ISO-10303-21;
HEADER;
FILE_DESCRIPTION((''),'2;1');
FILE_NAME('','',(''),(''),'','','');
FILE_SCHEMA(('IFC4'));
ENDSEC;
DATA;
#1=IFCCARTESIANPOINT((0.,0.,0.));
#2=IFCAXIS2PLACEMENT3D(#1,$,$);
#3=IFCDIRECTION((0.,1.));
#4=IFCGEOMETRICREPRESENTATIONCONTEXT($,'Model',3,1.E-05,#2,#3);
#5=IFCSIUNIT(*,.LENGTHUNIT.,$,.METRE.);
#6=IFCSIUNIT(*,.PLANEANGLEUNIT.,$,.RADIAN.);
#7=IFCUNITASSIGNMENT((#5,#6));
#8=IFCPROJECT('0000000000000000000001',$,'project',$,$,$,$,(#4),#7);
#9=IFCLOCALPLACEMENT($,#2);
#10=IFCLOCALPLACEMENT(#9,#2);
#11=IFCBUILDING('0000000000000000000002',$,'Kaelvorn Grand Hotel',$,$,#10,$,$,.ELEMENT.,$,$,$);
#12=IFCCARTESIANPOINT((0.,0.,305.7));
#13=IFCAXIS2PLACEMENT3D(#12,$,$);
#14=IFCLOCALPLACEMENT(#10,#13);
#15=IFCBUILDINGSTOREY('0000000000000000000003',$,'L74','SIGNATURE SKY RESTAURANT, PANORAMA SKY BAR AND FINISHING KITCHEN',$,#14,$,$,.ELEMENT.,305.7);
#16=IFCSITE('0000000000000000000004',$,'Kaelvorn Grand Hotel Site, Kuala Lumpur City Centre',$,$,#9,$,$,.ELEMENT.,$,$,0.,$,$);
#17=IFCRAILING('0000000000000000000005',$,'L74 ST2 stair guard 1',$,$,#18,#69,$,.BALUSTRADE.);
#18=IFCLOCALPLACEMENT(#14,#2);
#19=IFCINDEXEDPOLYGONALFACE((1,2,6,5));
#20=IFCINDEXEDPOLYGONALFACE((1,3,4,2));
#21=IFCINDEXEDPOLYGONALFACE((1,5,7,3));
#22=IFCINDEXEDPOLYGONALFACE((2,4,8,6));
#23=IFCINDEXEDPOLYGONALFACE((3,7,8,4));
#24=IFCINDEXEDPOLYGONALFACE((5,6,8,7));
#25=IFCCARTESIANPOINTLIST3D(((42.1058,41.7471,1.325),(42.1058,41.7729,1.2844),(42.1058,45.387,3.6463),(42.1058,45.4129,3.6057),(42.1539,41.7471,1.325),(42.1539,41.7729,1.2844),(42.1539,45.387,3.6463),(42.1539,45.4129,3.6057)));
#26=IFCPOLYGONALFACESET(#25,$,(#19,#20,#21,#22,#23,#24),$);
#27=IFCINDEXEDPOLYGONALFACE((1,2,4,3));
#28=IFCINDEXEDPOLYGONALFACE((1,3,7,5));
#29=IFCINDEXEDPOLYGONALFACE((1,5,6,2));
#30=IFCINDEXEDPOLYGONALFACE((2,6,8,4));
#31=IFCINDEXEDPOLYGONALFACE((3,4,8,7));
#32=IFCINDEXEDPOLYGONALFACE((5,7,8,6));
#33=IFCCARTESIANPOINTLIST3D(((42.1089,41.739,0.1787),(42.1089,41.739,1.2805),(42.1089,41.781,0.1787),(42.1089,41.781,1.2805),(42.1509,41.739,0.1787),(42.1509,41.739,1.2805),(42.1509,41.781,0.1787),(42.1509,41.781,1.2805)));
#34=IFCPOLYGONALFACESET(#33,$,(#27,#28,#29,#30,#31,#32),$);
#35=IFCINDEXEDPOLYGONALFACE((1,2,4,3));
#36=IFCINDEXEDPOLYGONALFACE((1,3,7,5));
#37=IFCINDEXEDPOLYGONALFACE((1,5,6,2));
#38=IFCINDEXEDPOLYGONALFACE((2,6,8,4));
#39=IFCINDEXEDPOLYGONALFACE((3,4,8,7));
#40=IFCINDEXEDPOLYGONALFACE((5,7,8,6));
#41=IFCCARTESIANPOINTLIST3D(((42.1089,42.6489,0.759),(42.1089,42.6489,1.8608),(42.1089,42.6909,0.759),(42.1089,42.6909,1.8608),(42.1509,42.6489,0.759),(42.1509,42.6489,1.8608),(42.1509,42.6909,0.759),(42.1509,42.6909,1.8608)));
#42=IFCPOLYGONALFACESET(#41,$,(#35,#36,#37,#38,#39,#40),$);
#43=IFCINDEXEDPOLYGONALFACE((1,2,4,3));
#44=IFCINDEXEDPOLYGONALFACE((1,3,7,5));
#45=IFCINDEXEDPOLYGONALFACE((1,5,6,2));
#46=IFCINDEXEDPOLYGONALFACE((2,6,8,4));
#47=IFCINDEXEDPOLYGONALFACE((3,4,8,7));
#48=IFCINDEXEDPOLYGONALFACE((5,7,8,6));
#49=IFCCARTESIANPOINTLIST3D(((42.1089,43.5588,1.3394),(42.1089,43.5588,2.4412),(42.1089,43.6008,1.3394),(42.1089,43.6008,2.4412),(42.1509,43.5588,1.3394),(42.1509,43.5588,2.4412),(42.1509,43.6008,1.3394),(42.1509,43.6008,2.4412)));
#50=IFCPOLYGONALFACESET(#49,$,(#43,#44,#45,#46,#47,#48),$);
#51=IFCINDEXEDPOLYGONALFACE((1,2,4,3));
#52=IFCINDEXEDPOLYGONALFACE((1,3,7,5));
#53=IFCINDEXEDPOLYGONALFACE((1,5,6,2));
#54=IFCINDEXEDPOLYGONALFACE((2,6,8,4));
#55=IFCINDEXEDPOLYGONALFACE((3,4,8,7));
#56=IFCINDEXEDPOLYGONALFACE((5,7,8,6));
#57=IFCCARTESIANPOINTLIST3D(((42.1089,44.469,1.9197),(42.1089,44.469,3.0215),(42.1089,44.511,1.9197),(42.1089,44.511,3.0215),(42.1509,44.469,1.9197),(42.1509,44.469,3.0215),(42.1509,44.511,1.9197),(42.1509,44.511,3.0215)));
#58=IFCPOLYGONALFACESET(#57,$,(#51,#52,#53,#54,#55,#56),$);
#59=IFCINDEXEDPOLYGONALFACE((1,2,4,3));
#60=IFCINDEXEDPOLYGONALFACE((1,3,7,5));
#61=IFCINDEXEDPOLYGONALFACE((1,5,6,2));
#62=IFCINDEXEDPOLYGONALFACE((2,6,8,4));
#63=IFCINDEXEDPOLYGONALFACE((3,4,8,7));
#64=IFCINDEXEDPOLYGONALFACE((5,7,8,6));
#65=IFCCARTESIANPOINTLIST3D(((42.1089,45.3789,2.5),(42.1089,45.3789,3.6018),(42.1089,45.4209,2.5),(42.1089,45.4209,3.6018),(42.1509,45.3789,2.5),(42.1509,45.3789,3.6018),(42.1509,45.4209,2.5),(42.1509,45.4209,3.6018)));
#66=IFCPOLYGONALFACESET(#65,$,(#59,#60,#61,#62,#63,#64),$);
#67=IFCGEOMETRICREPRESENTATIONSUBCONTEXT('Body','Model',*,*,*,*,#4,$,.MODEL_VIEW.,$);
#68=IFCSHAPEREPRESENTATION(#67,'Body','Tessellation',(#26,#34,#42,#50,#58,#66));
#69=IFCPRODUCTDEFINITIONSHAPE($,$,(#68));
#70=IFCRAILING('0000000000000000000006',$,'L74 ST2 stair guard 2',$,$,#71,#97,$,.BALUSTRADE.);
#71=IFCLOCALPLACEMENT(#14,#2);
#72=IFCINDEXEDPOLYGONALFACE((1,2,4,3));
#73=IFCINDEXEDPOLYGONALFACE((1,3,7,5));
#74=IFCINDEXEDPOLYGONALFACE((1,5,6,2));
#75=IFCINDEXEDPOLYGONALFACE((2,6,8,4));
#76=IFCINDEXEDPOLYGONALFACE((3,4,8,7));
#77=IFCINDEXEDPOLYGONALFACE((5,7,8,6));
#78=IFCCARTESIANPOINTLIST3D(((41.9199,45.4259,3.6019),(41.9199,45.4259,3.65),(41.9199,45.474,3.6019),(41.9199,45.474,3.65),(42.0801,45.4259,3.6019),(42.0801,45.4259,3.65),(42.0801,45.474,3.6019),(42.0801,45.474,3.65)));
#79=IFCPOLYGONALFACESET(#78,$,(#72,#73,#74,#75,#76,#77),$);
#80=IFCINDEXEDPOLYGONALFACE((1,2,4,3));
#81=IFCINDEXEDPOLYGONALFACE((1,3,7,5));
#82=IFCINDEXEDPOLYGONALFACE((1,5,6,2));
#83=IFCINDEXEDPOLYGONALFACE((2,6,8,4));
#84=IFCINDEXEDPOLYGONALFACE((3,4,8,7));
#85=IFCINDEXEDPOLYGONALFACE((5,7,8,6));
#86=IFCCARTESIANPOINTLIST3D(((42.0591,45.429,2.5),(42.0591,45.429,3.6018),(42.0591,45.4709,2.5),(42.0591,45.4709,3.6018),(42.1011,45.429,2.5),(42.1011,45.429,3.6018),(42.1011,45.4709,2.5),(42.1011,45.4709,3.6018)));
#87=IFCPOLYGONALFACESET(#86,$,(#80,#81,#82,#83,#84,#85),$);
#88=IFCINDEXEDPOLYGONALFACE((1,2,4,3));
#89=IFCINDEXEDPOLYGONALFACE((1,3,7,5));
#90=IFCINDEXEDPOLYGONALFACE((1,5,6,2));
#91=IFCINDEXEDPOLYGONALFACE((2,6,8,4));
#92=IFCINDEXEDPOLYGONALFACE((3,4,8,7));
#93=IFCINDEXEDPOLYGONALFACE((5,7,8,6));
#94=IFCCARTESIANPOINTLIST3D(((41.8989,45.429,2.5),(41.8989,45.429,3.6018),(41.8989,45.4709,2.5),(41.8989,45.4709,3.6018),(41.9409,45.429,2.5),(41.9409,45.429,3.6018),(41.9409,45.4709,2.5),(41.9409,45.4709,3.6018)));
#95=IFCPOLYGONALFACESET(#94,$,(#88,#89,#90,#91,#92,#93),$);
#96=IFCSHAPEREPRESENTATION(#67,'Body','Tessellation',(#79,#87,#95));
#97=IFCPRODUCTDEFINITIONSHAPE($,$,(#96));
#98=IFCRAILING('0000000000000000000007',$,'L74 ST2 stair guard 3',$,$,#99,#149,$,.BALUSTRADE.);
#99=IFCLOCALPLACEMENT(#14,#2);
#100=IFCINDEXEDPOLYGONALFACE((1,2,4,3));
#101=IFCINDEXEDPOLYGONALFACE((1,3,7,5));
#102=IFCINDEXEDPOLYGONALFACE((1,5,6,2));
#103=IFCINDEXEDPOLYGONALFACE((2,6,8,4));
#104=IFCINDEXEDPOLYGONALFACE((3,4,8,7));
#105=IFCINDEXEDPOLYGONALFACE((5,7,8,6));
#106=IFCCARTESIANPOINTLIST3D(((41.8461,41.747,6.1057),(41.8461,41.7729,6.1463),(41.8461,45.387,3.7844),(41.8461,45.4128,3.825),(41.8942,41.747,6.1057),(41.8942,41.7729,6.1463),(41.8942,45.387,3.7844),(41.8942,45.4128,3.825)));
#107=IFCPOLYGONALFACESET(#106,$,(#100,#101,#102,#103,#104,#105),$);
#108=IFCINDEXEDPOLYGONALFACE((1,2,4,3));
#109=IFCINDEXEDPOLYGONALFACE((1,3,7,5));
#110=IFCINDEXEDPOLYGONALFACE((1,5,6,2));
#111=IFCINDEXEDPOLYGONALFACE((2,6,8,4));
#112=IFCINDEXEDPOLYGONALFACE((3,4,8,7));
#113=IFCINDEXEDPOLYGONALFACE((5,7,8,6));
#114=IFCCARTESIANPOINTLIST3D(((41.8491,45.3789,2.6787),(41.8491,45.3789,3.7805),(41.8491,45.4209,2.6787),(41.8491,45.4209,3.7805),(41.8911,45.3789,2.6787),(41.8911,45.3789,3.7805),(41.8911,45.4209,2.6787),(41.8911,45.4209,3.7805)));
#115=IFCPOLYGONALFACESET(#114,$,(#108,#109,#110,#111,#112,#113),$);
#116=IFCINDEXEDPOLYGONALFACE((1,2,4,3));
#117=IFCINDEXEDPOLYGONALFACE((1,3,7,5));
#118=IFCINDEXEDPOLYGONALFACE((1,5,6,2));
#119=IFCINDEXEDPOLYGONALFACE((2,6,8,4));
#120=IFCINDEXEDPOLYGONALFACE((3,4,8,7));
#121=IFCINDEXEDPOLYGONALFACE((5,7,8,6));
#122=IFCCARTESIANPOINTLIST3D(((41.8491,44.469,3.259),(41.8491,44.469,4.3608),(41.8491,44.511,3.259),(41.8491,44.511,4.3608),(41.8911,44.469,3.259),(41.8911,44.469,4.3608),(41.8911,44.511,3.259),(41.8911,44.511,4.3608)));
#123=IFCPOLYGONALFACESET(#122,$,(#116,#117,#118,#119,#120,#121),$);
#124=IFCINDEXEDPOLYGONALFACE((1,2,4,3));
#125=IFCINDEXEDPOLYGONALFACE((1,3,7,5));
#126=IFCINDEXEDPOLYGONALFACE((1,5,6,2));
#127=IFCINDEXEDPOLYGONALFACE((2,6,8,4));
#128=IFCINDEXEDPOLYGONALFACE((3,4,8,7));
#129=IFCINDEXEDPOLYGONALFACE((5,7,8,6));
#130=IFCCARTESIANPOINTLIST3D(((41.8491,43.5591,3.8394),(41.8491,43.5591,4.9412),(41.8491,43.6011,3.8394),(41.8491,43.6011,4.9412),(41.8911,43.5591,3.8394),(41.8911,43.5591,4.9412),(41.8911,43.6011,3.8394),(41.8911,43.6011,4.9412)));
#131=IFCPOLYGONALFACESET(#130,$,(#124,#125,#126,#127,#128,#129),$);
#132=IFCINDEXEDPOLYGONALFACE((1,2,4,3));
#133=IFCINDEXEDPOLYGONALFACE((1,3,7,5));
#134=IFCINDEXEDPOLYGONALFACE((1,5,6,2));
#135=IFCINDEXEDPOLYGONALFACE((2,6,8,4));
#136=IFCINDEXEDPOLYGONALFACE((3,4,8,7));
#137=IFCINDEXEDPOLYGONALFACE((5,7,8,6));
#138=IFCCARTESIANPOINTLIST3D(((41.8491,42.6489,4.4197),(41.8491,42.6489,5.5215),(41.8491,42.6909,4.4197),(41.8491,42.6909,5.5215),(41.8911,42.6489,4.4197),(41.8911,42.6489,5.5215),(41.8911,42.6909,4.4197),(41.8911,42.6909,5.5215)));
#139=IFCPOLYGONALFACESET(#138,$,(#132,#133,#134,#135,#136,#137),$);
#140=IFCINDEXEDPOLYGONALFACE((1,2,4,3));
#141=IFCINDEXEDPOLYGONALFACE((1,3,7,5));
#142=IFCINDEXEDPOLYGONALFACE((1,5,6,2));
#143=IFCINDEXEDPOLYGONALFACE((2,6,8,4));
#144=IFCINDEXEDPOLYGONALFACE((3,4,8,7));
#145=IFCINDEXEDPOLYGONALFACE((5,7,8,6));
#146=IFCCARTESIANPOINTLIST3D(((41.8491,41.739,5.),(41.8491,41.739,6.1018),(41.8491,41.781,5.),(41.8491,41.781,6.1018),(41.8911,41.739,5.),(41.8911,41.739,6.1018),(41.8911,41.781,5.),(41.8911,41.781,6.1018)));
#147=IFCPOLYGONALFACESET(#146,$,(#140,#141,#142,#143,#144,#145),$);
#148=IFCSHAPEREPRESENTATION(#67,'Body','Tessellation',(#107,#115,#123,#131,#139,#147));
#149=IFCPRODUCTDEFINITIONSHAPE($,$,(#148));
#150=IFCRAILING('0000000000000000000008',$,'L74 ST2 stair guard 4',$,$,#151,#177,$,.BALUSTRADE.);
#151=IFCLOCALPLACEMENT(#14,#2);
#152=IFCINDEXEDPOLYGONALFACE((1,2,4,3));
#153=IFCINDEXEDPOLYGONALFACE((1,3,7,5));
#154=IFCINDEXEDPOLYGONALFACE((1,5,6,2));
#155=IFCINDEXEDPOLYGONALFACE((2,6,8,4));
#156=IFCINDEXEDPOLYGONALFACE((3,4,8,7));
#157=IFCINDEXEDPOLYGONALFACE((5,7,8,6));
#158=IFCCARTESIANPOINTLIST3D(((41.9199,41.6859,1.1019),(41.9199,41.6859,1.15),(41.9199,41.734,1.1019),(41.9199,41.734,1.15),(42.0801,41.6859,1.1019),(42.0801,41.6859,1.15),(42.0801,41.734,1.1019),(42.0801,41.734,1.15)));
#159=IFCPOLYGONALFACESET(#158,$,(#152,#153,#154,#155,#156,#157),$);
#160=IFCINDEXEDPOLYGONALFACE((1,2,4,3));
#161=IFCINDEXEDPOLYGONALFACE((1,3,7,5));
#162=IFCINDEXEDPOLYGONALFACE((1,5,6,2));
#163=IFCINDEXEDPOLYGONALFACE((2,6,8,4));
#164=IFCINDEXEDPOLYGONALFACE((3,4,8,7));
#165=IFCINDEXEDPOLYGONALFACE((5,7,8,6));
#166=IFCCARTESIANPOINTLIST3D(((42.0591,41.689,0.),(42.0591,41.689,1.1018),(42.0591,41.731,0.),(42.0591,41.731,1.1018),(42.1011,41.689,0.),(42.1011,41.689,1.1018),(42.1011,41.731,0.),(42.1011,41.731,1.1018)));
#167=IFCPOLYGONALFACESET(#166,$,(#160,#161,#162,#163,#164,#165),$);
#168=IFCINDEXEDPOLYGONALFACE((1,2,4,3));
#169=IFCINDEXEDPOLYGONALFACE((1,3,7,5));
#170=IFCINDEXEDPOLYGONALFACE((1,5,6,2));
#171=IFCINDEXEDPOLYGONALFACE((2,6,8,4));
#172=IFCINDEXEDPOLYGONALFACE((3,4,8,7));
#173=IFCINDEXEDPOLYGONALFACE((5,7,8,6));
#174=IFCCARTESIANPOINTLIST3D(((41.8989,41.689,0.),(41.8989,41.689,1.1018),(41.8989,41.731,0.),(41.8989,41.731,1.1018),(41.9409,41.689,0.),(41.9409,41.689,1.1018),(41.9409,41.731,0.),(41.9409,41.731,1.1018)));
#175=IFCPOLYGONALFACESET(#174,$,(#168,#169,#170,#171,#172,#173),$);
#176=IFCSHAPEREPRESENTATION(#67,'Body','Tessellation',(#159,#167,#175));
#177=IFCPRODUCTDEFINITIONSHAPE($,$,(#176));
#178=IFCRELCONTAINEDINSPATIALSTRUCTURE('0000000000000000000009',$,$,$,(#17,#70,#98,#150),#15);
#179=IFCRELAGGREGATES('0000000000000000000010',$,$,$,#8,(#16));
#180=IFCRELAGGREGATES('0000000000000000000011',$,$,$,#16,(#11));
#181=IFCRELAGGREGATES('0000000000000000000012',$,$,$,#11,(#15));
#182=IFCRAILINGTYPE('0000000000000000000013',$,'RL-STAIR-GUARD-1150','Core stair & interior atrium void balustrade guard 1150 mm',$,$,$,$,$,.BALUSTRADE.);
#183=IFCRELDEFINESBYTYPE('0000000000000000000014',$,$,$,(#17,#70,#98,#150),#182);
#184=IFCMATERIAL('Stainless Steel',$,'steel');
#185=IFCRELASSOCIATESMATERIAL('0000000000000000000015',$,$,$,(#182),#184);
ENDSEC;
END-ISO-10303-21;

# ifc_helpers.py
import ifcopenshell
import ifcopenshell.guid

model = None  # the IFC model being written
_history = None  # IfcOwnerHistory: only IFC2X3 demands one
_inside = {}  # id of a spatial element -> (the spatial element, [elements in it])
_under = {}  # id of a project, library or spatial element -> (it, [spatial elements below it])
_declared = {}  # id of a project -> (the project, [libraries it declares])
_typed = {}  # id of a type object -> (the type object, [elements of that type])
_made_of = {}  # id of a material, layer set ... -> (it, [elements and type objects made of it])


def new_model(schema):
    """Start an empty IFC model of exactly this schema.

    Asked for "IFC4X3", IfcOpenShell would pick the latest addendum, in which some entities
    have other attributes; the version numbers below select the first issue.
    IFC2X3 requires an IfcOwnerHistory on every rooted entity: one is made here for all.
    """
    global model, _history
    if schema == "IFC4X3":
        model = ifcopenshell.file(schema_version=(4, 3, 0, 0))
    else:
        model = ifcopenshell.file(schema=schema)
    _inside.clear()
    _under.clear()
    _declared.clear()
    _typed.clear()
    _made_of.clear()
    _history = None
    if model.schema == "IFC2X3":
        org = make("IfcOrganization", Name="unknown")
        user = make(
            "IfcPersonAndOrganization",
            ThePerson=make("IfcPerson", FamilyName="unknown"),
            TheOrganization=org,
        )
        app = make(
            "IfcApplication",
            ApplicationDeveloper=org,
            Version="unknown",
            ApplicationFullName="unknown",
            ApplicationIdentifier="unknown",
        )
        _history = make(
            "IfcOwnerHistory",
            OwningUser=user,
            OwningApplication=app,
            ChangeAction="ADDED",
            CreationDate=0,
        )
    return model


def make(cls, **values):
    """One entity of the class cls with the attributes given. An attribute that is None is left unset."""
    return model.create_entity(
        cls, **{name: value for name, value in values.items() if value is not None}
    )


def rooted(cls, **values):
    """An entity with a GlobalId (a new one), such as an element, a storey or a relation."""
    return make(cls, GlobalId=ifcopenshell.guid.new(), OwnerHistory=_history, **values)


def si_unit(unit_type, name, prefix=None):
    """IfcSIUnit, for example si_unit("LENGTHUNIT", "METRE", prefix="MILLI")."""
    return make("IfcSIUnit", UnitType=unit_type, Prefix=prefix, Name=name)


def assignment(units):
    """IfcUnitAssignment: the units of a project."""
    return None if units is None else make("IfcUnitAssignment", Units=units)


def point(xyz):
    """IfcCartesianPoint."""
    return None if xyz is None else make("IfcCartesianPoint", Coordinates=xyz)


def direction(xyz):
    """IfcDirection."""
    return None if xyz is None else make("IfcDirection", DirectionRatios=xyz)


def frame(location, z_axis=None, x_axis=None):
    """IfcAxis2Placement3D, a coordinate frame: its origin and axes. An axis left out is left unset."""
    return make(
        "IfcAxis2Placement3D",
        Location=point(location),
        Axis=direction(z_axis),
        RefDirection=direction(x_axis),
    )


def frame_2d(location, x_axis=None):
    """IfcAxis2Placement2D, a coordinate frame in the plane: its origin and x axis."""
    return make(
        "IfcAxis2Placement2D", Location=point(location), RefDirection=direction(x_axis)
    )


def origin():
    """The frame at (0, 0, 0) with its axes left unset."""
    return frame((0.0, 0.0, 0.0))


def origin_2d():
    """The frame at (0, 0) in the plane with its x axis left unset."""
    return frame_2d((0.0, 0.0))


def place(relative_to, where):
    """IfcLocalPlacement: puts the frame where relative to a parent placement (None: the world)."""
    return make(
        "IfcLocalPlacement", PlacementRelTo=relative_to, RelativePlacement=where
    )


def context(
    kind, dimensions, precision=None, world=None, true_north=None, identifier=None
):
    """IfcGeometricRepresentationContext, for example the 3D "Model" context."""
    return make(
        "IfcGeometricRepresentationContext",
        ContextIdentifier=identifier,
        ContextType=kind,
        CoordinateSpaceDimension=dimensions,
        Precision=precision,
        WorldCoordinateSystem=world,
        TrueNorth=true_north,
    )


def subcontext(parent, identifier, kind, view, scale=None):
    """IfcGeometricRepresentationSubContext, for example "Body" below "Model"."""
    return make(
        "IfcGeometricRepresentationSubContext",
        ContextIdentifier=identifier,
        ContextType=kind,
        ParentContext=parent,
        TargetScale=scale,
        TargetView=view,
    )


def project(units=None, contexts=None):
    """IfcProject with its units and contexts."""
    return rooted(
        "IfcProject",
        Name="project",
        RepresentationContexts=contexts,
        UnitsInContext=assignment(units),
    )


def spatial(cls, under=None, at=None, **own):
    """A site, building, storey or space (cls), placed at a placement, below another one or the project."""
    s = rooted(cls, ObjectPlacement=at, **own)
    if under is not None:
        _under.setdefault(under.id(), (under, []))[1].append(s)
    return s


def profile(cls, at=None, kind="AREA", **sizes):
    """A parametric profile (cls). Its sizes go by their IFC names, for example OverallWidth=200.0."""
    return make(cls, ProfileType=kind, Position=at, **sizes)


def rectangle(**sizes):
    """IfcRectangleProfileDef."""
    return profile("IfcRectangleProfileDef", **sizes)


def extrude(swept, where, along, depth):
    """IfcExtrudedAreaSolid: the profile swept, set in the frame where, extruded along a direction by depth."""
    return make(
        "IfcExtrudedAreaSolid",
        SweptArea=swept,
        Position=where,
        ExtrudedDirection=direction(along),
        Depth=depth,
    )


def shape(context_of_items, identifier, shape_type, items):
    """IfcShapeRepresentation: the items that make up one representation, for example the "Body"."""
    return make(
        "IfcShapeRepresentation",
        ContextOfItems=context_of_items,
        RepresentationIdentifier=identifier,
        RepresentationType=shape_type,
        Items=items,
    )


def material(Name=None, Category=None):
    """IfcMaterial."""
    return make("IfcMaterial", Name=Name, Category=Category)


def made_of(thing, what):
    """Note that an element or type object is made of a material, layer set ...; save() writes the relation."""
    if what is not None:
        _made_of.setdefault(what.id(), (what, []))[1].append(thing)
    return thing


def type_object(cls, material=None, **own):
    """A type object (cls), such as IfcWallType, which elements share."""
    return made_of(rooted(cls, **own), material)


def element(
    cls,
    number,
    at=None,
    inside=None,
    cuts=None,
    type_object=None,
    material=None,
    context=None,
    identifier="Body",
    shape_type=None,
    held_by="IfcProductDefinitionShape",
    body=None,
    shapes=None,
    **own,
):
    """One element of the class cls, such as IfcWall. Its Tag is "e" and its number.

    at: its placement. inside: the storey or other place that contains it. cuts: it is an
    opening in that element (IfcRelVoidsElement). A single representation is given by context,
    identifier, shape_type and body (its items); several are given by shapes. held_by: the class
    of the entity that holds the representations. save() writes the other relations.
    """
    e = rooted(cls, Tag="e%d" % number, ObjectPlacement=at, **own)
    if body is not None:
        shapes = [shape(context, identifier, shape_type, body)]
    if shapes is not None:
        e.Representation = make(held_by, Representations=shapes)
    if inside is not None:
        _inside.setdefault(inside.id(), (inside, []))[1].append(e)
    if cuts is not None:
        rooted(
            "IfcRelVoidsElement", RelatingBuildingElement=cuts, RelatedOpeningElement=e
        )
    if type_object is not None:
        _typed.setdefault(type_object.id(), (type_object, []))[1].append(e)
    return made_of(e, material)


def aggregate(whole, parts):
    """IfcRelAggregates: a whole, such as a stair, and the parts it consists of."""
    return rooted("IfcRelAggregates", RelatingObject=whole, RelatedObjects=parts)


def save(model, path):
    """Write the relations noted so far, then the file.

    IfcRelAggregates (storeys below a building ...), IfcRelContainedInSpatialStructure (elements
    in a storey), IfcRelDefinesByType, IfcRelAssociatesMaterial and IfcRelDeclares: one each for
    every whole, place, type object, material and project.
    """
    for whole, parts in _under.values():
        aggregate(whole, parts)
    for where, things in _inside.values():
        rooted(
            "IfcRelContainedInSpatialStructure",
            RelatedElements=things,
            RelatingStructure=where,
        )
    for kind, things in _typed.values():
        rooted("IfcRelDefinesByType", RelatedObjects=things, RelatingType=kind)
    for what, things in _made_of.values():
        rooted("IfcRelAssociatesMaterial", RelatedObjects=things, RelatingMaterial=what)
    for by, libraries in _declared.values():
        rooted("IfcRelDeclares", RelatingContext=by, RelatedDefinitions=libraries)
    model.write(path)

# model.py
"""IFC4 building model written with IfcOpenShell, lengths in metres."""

from ifc_helpers import new_model, si_unit, direction, frame, origin, origin_2d, place, context, subcontext, project, spatial, rectangle, extrude, material, type_object, element, save


model = new_model("IFC4")

# Units and contexts
model_context = context("Model", 3, precision=1e-05, world=origin(), true_north=direction((0.0, 1.0)))
body_context = subcontext(model_context, "Body", "Model", "MODEL_VIEW")
ifc_project = project(units=[si_unit("LENGTHUNIT", "METRE"), si_unit("PLANEANGLEUNIT", "RADIAN")], contexts=[model_context])

# Site, building, storey
site_placement = place(None, origin())
site = spatial("IfcSite", under=ifc_project, at=site_placement, Name="Kaelvorn Grand Hotel Site, Kuala Lumpur City Centre", CompositionType="ELEMENT", RefElevation=0.0)
building_placement = place(site_placement, origin())
building = spatial("IfcBuilding", under=site, at=building_placement, Name="Kaelvorn Grand Hotel", CompositionType="ELEMENT")
storey_placement = place(building_placement, frame((0.0, 0.0, 305.7)))
storey = spatial("IfcBuildingStorey", under=building, at=storey_placement, Name="L74", Description="SIGNATURE SKY RESTAURANT, PANORAMA SKY BAR AND FINISHING KITCHEN", CompositionType="ELEMENT", Elevation=305.7)

# Railings
ifc_material_1 = material(Name="Stainless Steel", Category="steel")
railing_type_1 = type_object("IfcRailingType", Name="RL-STAIR-GUARD-1150", Description="Core stair & interior atrium void balustrade guard 1150 mm", PredefinedType="BALUSTRADE", material=ifc_material_1)
railing_1_placement = place(storey_placement, frame((42.1299, 41.76, 0.1787)))
element("IfcRailing", 1, at=railing_1_placement, inside=storey, type_object=railing_type_1, Name="L74 ST2 stair guard 1", PredefinedType="BALUSTRADE", context=body_context, shape_type="SweptSolid", body=[
    extrude(rectangle(XDim=0.0481, YDim=0.0481, at=origin_2d()), frame((0.0, 0.0, 1.126), z_axis=(0.0, 0.843137, 0.537699), x_axis=(-1.0, 0.0, 0.0)), (0.0, 0.0, 1.0), 4.3171),
    extrude(rectangle(XDim=0.042, YDim=0.042, at=origin_2d()), origin(), (0.0, 0.0, 1.0), 1.1018),
    extrude(rectangle(XDim=0.042, YDim=0.042, at=origin_2d()), frame((0.0, 0.9099, 0.5803)), (0.0, 0.0, 1.0), 1.1018),
    extrude(rectangle(XDim=0.042, YDim=0.042, at=origin_2d()), frame((0.0, 1.8198, 1.1606)), (0.0, 0.0, 1.0), 1.1018),
    extrude(rectangle(XDim=0.042, YDim=0.042, at=origin_2d()), frame((0.0, 2.73, 1.741)), (0.0, 0.0, 1.0), 1.1018),
    extrude(rectangle(XDim=0.042, YDim=0.042, at=origin_2d()), frame((0.0, 3.6399, 2.3213)), (0.0, 0.0, 1.0), 1.1018),
])
railing_2_placement = place(storey_placement, frame((42.0801, 45.45, 2.5)))
element("IfcRailing", 2, at=railing_2_placement, inside=storey, type_object=railing_type_1, Name="L74 ST2 stair guard 2", PredefinedType="BALUSTRADE", context=body_context, shape_type="SweptSolid", body=[
    extrude(rectangle(XDim=0.0481, YDim=0.0481, at=origin_2d()), frame((0.0, 0.0, 1.126), z_axis=(-1.0, 0.0, 0.0), x_axis=(0.0, -1.0, 0.0)), (0.0, 0.0, 1.0), 0.1602),
    extrude(rectangle(XDim=0.042, YDim=0.042, at=origin_2d()), origin(), (0.0, 0.0, 1.0), 1.1018),
    extrude(rectangle(XDim=0.042, YDim=0.042, at=origin_2d()), frame((-0.1602, 0.0, 0.0)), (0.0, 0.0, 1.0), 1.1018),
])
railing_3_placement = place(storey_placement, frame((41.8701, 45.3999, 2.6787)))
element("IfcRailing", 3, at=railing_3_placement, inside=storey, type_object=railing_type_1, Name="L74 ST2 stair guard 3", PredefinedType="BALUSTRADE", context=body_context, shape_type="SweptSolid", body=[
    extrude(rectangle(XDim=0.0481, YDim=0.0481, at=origin_2d()), frame((0.0, 0.0, 1.126), z_axis=(0.0, -0.843137, 0.537699), x_axis=(1.0, 0.0, 0.0)), (0.0, 0.0, 1.0), 4.3171),
    extrude(rectangle(XDim=0.042, YDim=0.042, at=origin_2d()), origin(), (0.0, 0.0, 1.0), 1.1018),
    extrude(rectangle(XDim=0.042, YDim=0.042, at=origin_2d()), frame((0.0, -0.9099, 0.5803)), (0.0, 0.0, 1.0), 1.1018),
    extrude(rectangle(XDim=0.042, YDim=0.042, at=origin_2d()), frame((0.0, -1.8198, 1.1606)), (0.0, 0.0, 1.0), 1.1018),
    extrude(rectangle(XDim=0.042, YDim=0.042, at=origin_2d()), frame((0.0, -2.73, 1.741)), (0.0, 0.0, 1.0), 1.1018),
    extrude(rectangle(XDim=0.042, YDim=0.042, at=origin_2d()), frame((0.0, -3.6399, 2.3213)), (0.0, 0.0, 1.0), 1.1018),
])
railing_4_placement = place(storey_placement, frame((42.0801, 41.71, 0.0)))
element("IfcRailing", 4, at=railing_4_placement, inside=storey, type_object=railing_type_1, Name="L74 ST2 stair guard 4", PredefinedType="BALUSTRADE", context=body_context, shape_type="SweptSolid", body=[
    extrude(rectangle(XDim=0.0481, YDim=0.0481, at=origin_2d()), frame((0.0, 0.0, 1.126), z_axis=(-1.0, 0.0, 0.0), x_axis=(0.0, -1.0, 0.0)), (0.0, 0.0, 1.0), 0.1602),
    extrude(rectangle(XDim=0.042, YDim=0.042, at=origin_2d()), origin(), (0.0, 0.0, 1.0), 1.1018),
    extrude(rectangle(XDim=0.042, YDim=0.042, at=origin_2d()), frame((-0.1602, 0.0, 0.0)), (0.0, 0.0, 1.0), 1.1018),
])

save(model, "model.ifc")
